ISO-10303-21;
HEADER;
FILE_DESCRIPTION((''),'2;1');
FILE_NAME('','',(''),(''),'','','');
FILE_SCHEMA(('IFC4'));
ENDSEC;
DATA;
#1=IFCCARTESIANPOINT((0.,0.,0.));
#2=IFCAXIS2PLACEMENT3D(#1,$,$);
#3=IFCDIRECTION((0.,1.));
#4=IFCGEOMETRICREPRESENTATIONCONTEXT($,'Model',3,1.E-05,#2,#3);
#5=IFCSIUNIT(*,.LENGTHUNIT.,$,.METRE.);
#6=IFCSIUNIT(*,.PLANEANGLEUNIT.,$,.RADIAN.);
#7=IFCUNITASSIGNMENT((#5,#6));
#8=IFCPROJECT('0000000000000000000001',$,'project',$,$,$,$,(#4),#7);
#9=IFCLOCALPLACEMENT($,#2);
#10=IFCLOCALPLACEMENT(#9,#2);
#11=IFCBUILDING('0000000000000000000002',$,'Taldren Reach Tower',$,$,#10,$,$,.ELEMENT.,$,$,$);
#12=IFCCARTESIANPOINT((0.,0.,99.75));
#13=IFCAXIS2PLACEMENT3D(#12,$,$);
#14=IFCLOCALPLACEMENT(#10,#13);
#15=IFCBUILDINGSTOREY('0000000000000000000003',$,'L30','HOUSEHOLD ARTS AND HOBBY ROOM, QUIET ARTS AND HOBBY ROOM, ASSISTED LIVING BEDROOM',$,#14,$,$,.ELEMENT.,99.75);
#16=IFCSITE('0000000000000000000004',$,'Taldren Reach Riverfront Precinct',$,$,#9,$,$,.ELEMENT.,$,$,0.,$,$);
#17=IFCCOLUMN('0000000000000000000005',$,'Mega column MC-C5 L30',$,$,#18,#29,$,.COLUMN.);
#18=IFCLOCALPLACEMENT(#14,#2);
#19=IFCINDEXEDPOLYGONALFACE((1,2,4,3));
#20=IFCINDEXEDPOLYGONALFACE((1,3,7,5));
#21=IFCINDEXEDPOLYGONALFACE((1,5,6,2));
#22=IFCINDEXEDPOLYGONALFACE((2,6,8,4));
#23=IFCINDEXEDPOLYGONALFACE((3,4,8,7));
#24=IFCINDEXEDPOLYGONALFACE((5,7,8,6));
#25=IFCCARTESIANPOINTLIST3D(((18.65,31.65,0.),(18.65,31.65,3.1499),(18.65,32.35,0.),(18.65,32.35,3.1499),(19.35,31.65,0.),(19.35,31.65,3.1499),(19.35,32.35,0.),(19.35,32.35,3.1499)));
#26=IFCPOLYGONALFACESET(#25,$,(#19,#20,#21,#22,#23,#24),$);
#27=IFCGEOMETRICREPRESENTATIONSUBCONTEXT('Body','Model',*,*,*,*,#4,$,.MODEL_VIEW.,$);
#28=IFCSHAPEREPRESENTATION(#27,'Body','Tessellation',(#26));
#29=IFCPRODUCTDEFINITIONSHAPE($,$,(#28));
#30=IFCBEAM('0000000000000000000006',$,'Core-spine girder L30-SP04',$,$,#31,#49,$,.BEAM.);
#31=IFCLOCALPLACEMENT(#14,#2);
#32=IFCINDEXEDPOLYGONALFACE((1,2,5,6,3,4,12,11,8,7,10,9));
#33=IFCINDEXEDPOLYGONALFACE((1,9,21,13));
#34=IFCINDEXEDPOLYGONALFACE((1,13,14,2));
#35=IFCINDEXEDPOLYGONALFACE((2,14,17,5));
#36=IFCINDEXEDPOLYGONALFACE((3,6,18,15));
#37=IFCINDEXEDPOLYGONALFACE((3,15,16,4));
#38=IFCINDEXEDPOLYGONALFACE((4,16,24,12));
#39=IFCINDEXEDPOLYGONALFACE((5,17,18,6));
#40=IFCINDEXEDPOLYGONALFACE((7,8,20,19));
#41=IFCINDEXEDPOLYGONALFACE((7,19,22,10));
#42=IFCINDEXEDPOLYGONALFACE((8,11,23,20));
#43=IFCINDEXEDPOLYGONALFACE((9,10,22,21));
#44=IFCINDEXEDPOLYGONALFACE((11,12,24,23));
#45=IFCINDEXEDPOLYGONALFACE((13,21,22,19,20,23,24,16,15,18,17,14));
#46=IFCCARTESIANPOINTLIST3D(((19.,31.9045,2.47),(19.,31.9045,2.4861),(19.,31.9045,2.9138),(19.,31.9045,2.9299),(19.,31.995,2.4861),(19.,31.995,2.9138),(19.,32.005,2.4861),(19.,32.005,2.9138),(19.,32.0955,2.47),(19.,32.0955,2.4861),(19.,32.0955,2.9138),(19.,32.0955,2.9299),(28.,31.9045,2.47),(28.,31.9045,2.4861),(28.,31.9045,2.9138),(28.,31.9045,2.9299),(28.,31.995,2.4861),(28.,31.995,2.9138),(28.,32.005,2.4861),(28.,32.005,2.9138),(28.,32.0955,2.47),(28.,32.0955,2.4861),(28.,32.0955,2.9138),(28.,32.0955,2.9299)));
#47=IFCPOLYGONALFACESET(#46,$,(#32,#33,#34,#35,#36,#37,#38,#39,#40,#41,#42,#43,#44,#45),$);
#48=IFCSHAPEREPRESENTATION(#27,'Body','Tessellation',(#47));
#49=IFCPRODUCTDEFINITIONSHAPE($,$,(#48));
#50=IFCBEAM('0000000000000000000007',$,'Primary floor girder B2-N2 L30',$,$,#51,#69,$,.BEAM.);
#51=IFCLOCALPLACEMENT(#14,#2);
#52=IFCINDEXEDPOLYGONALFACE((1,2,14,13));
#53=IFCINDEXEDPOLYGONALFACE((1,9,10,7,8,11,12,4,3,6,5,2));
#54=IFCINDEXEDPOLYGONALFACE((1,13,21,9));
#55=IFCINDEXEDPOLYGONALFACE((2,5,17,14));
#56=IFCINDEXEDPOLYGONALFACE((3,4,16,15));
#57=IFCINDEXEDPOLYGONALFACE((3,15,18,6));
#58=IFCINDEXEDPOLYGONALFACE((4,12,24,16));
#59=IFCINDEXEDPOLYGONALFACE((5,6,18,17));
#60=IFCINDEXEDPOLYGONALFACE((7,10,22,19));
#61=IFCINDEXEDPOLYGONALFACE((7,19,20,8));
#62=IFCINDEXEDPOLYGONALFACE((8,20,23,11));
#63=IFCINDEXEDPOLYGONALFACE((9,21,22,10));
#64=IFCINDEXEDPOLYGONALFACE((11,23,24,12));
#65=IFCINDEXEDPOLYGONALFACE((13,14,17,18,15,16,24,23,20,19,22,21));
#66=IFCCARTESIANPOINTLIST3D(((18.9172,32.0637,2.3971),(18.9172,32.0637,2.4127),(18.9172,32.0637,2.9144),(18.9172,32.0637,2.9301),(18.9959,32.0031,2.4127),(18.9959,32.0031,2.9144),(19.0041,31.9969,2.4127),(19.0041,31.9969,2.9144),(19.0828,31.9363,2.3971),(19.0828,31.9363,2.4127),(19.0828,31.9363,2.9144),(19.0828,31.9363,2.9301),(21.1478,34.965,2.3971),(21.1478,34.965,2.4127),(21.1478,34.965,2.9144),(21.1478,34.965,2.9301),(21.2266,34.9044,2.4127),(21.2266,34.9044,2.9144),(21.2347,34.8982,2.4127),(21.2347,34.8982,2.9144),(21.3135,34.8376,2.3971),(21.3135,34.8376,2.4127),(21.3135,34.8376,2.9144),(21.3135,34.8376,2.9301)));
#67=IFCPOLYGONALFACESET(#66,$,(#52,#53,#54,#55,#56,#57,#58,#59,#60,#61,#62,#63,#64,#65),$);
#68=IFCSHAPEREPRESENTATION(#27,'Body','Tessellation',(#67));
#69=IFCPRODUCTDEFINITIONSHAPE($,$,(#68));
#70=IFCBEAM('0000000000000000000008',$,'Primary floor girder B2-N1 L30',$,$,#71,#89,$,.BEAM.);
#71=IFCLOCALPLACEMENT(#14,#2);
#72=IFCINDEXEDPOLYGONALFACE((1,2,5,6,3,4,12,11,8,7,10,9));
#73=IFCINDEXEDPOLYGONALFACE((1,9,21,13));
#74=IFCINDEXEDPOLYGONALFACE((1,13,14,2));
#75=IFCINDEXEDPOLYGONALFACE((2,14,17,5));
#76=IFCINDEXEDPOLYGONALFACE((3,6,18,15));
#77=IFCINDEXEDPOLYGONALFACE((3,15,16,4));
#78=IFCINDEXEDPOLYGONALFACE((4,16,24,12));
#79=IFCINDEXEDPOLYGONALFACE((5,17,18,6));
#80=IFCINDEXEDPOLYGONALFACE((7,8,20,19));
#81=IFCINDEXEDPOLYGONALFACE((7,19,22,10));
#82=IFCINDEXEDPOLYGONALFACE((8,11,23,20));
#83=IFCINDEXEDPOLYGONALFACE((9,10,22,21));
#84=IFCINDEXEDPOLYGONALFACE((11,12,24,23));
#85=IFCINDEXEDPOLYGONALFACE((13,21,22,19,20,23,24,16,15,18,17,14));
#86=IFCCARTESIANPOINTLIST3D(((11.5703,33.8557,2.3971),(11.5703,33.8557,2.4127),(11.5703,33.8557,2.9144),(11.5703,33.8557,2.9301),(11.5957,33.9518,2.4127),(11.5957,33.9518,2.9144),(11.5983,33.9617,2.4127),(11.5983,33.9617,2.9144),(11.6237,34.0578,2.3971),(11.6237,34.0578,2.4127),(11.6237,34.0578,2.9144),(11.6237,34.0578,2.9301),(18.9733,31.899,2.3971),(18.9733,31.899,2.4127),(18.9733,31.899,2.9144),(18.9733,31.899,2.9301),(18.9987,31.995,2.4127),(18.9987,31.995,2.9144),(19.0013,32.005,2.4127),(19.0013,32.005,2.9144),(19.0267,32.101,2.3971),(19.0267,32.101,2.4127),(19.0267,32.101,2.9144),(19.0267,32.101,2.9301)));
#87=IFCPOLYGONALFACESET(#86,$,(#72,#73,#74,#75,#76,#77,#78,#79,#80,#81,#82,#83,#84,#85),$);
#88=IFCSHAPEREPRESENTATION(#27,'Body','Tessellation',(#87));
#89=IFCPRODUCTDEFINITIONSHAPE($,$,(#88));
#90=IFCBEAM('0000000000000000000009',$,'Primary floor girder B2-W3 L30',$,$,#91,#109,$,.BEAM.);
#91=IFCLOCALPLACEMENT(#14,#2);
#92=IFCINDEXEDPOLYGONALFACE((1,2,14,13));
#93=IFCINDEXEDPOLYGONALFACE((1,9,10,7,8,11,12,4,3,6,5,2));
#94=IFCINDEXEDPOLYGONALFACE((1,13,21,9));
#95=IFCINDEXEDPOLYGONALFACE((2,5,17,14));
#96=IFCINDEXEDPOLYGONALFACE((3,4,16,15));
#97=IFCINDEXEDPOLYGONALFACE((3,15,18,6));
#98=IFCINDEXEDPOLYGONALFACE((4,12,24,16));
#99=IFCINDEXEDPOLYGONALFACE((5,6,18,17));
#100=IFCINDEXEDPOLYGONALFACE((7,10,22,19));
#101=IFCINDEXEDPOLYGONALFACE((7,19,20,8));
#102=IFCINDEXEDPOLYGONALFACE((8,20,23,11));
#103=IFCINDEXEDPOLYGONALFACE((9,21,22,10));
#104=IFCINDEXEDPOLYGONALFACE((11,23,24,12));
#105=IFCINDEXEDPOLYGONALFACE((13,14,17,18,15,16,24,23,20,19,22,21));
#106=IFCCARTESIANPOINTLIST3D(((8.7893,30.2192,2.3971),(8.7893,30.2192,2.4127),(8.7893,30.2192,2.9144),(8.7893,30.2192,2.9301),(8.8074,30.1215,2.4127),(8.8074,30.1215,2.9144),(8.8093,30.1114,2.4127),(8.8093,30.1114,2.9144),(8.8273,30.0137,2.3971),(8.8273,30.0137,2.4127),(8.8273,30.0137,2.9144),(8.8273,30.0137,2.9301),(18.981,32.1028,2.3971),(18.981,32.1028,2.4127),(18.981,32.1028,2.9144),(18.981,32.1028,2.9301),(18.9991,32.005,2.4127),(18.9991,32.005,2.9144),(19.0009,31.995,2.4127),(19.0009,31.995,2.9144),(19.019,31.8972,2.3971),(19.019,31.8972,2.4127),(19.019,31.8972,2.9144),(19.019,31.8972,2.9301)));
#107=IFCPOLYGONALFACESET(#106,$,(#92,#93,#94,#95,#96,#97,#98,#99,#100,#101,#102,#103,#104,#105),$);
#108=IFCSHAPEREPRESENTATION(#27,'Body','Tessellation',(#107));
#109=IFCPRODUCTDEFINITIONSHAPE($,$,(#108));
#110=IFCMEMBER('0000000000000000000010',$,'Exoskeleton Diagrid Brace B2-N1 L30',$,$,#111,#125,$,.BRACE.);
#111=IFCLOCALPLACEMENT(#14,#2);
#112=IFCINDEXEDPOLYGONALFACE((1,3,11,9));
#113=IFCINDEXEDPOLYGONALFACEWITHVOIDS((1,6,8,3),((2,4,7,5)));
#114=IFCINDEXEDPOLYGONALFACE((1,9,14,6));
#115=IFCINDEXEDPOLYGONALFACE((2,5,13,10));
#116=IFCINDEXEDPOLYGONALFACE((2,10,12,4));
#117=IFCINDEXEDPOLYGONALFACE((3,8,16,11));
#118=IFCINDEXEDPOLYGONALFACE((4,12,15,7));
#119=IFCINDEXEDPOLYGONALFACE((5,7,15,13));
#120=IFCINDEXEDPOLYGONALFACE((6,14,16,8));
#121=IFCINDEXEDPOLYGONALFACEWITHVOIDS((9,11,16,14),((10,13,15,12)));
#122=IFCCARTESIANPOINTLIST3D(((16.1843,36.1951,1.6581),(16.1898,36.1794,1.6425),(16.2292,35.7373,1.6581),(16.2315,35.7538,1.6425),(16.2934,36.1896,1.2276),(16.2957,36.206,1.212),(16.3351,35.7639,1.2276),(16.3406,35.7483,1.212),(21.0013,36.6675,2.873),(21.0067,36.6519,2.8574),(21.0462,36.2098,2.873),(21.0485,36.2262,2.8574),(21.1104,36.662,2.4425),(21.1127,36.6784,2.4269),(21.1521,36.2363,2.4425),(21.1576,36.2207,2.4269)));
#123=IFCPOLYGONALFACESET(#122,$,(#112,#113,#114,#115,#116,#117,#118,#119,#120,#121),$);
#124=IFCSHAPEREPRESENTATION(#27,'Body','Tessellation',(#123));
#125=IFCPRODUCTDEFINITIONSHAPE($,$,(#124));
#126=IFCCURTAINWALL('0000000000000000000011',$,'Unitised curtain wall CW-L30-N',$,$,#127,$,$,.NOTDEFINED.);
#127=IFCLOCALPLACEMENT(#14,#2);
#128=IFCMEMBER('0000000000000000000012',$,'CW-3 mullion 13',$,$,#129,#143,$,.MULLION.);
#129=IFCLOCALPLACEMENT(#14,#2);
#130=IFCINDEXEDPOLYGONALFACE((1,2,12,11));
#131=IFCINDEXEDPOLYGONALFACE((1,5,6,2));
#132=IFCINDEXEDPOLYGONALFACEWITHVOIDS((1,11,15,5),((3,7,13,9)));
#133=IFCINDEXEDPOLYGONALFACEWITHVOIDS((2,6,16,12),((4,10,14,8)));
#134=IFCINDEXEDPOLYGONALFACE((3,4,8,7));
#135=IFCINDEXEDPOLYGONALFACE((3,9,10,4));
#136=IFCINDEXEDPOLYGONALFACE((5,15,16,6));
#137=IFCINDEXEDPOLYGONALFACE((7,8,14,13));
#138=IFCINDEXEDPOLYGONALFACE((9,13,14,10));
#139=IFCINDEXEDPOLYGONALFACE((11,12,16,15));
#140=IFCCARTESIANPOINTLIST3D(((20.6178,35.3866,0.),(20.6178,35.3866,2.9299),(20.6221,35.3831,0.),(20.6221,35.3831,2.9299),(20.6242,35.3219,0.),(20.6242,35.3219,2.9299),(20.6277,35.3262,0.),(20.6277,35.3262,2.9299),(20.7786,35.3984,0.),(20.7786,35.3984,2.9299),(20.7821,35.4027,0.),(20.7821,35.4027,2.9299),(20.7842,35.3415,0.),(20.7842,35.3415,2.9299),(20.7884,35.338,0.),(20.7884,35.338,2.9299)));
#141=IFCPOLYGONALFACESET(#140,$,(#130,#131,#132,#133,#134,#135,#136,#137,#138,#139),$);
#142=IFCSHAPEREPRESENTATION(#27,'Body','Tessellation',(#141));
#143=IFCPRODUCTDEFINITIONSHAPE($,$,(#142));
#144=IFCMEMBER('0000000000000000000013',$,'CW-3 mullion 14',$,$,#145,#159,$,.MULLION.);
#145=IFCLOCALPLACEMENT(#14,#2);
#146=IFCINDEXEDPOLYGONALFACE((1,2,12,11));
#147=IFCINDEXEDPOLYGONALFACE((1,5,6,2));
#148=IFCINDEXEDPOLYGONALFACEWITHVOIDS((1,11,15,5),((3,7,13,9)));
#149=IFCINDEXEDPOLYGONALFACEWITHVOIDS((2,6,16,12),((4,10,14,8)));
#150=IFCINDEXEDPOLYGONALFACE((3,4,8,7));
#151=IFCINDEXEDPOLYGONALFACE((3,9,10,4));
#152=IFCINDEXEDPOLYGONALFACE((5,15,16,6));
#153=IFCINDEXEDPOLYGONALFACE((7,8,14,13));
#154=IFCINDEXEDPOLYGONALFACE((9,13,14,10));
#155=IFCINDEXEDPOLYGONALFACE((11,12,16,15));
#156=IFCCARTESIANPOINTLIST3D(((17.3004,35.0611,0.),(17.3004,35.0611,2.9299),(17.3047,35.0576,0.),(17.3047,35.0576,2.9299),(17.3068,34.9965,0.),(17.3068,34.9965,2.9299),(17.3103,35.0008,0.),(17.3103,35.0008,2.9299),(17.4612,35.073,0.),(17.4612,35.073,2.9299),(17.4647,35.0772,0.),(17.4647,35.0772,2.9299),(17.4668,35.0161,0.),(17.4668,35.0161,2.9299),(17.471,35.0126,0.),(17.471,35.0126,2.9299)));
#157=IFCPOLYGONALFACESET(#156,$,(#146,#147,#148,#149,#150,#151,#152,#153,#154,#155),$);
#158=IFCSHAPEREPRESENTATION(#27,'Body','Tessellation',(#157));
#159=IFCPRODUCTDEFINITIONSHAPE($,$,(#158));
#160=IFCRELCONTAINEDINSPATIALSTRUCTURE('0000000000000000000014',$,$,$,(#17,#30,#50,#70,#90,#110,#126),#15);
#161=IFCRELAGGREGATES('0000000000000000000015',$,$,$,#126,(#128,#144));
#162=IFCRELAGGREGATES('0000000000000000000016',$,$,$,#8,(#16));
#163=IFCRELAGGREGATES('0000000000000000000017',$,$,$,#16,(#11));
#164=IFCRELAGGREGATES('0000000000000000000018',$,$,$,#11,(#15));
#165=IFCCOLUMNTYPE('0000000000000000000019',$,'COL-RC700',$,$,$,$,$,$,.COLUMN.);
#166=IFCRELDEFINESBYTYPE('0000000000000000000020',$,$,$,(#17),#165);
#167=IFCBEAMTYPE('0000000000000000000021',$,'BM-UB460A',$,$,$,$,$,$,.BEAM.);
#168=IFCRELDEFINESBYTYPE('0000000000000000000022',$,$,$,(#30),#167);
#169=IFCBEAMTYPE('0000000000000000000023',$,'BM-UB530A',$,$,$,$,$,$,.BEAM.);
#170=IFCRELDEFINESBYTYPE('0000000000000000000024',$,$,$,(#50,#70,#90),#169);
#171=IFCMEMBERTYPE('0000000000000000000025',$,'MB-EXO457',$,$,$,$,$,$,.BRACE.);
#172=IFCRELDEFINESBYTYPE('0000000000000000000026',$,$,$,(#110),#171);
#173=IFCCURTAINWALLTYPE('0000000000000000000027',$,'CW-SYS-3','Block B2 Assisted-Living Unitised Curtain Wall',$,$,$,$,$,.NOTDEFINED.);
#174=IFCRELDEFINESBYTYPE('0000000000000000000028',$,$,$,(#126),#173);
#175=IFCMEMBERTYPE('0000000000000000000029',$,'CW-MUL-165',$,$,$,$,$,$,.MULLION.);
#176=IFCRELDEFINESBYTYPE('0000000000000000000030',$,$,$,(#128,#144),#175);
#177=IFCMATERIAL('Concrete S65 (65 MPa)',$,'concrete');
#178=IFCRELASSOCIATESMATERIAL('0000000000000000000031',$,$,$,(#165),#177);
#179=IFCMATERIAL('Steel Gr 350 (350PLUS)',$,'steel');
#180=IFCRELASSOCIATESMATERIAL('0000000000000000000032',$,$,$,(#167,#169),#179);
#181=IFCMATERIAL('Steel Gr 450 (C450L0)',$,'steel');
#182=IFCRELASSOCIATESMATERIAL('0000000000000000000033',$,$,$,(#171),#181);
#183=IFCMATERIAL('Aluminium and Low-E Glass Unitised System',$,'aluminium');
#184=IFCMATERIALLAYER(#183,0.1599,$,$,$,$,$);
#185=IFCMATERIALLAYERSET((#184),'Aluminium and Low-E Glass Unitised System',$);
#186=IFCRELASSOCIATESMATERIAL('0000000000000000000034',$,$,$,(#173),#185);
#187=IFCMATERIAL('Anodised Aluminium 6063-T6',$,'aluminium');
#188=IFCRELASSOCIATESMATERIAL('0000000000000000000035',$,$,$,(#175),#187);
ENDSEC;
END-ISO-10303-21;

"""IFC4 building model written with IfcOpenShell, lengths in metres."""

from ifc_helpers import new_model, si_unit, direction, frame, origin, origin_2d, place, context, subcontext, project, spatial, rectangle, hollow_rectangle, i_section, extrude, source, transform, mapped, material, layer, layer_set, material_profile, profile_set, type_object, element, aggregate, save


model = new_model("IFC4")

# Units and contexts
model_context = context("Model", 3, precision=1e-05, world=origin(), true_north=direction((0.0, 1.0)))
body_context = subcontext(model_context, "Body", "Model", "MODEL_VIEW")
ifc_project = project(units=[si_unit("LENGTHUNIT", "METRE"), si_unit("PLANEANGLEUNIT", "RADIAN")], contexts=[model_context])

# Site, building, storey
site_placement = place(None, origin())
site = spatial("IfcSite", under=ifc_project, at=site_placement, Name="Taldren Reach Riverfront Precinct", CompositionType="ELEMENT", RefElevation=0.0)
building_placement = place(site_placement, origin())
building = spatial("IfcBuilding", under=site, at=building_placement, Name="Taldren Reach Tower", CompositionType="ELEMENT")
storey_placement = place(building_placement, frame((0.0, 0.0, 99.75)))
storey = spatial("IfcBuildingStorey", under=building, at=storey_placement, Name="L30", Description="HOUSEHOLD ARTS AND HOBBY ROOM, QUIET ARTS AND HOBBY ROOM, ASSISTED LIVING BEDROOM", CompositionType="ELEMENT", Elevation=99.75)

# Column
ifc_material_1 = material(Name="Concrete S65 (65 MPa)", Category="concrete")
ifc_material_profile_1 = material_profile(ifc_material_1, rectangle(XDim=0.7, YDim=0.7, at=origin_2d()), Name="RC-700x700")
ifc_profile_set_1 = profile_set([ifc_material_profile_1], Name="Concrete S65 (65 MPa)")
column_type = type_object("IfcColumnType", Name="COL-RC700", PredefinedType="COLUMN", material=ifc_profile_set_1)
shared_shape_1 = source(origin(), body_context, "Body", "SweptSolid", [
    extrude(rectangle(XDim=0.7, YDim=0.7, at=origin_2d()), origin(), (0.0, 0.0, 1.0), 3.1499),
])
column_placement = place(storey_placement, frame((19.0, 32.0, 0.0), z_axis=(0.0, 0.0, 1.0), x_axis=(1.0, 0.0, 0.0)))
element("IfcColumn", 1, at=column_placement, inside=storey, type_object=column_type, Name="Mega column MC-C5 L30", PredefinedType="COLUMN", context=body_context, shape_type="MappedRepresentation", body=[
    mapped(shared_shape_1, transform((0.0, 0.0, 0.0), scale=1.0)),
])

# Beams
ifc_material_2 = material(Name="Steel Gr 350 (350PLUS)", Category="steel")
ifc_material_profile_2 = material_profile(ifc_material_2, i_section(OverallWidth=0.1909, OverallDepth=0.46, WebThickness=0.01, FlangeThickness=0.0161, at=origin_2d()), Name="460UB82.1")
ifc_profile_set_2 = profile_set([ifc_material_profile_2], Name="Steel Gr 350 (350PLUS)")
beam_type_1 = type_object("IfcBeamType", Name="BM-UB460A", PredefinedType="BEAM", material=ifc_profile_set_2)
shared_shape_2 = source(origin(), body_context, "Body", "SweptSolid", [
    extrude(i_section(OverallWidth=0.1909, OverallDepth=0.46, WebThickness=0.01, FlangeThickness=0.0161, at=origin_2d()), origin(), (0.0, 0.0, 1.0), 9.0),
])
beam_1_placement = place(storey_placement, frame((19.0, 32.0, 2.7), z_axis=(1.0, 0.0, 0.0), x_axis=(0.0, 1.0, 0.0)))
element("IfcBeam", 2, at=beam_1_placement, inside=storey, type_object=beam_type_1, Name="Core-spine girder L30-SP04", PredefinedType="BEAM", context=body_context, shape_type="MappedRepresentation", body=[
    mapped(shared_shape_2, transform((0.0, 0.0, 0.0), scale=1.0)),
])
ifc_material_profile_3 = material_profile(ifc_material_2, i_section(OverallWidth=0.209, OverallDepth=0.533, WebThickness=0.0103, FlangeThickness=0.0156, at=origin_2d()), Name="530UB92.4")
ifc_profile_set_3 = profile_set([ifc_material_profile_3], Name="Steel Gr 350 (350PLUS)")
beam_type_2 = type_object("IfcBeamType", Name="BM-UB530A", PredefinedType="BEAM", material=ifc_profile_set_3)
shared_shape_3 = source(origin(), body_context, "Body", "SweptSolid", [
    extrude(i_section(OverallWidth=0.209, OverallDepth=0.533, WebThickness=0.0103, FlangeThickness=0.0156, at=origin_2d()), origin(), (0.0, 0.0, 1.0), 3.6597),
])
beam_2_placement = place(storey_placement, frame((19.0, 32.0, 2.6636), z_axis=(0.609521, 0.79277, 0.0), x_axis=(-0.79277, 0.609521, 0.0)))
element("IfcBeam", 3, at=beam_2_placement, inside=storey, type_object=beam_type_2, Name="Primary floor girder B2-N2 L30", PredefinedType="BEAM", context=body_context, shape_type="MappedRepresentation", body=[
    mapped(shared_shape_3, transform((0.0, 0.0, 0.0), scale=1.0)),
])
shared_shape_4 = source(origin(), body_context, "Body", "SweptSolid", [
    extrude(i_section(OverallWidth=0.209, OverallDepth=0.533, WebThickness=0.0103, FlangeThickness=0.0156, at=origin_2d()), origin(), (0.0, 0.0, 1.0), 7.6572),
])
beam_3_placement = place(storey_placement, frame((19.0, 32.0, 2.6636), z_axis=(-0.966797, 0.255545, 0.0), x_axis=(-0.255545, -0.966797, 0.0)))
element("IfcBeam", 4, at=beam_3_placement, inside=storey, type_object=beam_type_2, Name="Primary floor girder B2-N1 L30", PredefinedType="BEAM", context=body_context, shape_type="MappedRepresentation", body=[
    mapped(shared_shape_4, transform((0.0, 0.0, 0.0), scale=1.0)),
])
shared_shape_5 = source(origin(), body_context, "Body", "SweptSolid", [
    extrude(i_section(OverallWidth=0.209, OverallDepth=0.533, WebThickness=0.0103, FlangeThickness=0.0156, at=origin_2d()), origin(), (0.0, 0.0, 1.0), 10.3643),
])
beam_4_placement = place(storey_placement, frame((19.0, 32.0, 2.6636), z_axis=(-0.983348, -0.181735, 0.0), x_axis=(0.181735, -0.983348, 0.0)))
element("IfcBeam", 5, at=beam_4_placement, inside=storey, type_object=beam_type_2, Name="Primary floor girder B2-W3 L30", PredefinedType="BEAM", context=body_context, shape_type="MappedRepresentation", body=[
    mapped(shared_shape_5, transform((0.0, 0.0, 0.0), scale=1.0)),
])

# Member
ifc_material_3 = material(Name="Steel Gr 450 (C450L0)", Category="steel")
ifc_material_profile_4 = material_profile(ifc_material_3, hollow_rectangle(XDim=0.46, YDim=0.46, WallThickness=0.0161, at=origin_2d()), Name="460x460x16.0SHS")
ifc_profile_set_4 = profile_set([ifc_material_profile_4], Name="Steel Gr 450 (C450L0)")
member_type_1 = type_object("IfcMemberType", Name="MB-EXO457", PredefinedType="BRACE", material=ifc_profile_set_4)
shared_shape_6 = source(origin(), body_context, "Body", "SweptSolid", [
    extrude(hollow_rectangle(XDim=0.46, YDim=0.46, WallThickness=0.0161, at=origin_2d()), origin(), (0.0, 0.0, 1.0), 4.9902),
])
member_1_placement = place(storey_placement, frame((16.2625, 35.9717, 1.4351), z_axis=(0.965283, 0.094669, 0.243449), x_axis=(-0.097606, 0.995225, 0.0)))
element("IfcMember", 6, at=member_1_placement, inside=storey, type_object=member_type_1, Name="Exoskeleton Diagrid Brace B2-N1 L30", PredefinedType="BRACE", context=body_context, shape_type="MappedRepresentation", body=[
    mapped(shared_shape_6, transform((0.0, 0.0, 0.0), scale=1.0)),
])

# Curtain wall, members
ifc_material_4 = material(Name="Aluminium and Low-E Glass Unitised System", Category="aluminium")
ifc_layer_1 = layer(ifc_material_4, 0.1599)
ifc_layer_set_1 = layer_set([ifc_layer_1], Name="Aluminium and Low-E Glass Unitised System")
curtain_wall_type = type_object("IfcCurtainWallType", Name="CW-SYS-3", Description="Block B2 Assisted-Living Unitised Curtain Wall", PredefinedType="NOTDEFINED", material=ifc_layer_set_1)
curtain_wall_placement = place(storey_placement, origin())
curtain_wall = element("IfcCurtainWall", 7, at=curtain_wall_placement, inside=storey, type_object=curtain_wall_type, Name="Unitised curtain wall CW-L30-N", PredefinedType="NOTDEFINED")
ifc_material_5 = material(Name="Anodised Aluminium 6063-T6", Category="aluminium")
ifc_material_profile_5 = material_profile(ifc_material_5, hollow_rectangle(XDim=0.0649, YDim=0.165, WallThickness=0.0039, at=origin_2d()), Name="ALU-165x65x4RHS")
ifc_profile_set_5 = profile_set([ifc_material_profile_5], Name="Anodised Aluminium 6063-T6")
member_type_2 = type_object("IfcMemberType", Name="CW-MUL-165", PredefinedType="MULLION", material=ifc_profile_set_5)
shared_shape_7 = source(origin(), body_context, "Body", "SweptSolid", [
    extrude(hollow_rectangle(XDim=0.0649, YDim=0.165, WallThickness=0.0039, at=origin_2d()), origin(), (0.0, 0.0, 1.0), 2.9299),
])
member_2_placement = place(storey_placement, frame((20.7031, 35.3623, 0.0), z_axis=(0.0, 0.0, 1.0), x_axis=(0.097583, -0.995227, 0.0)))
member_2 = element("IfcMember", 8, at=member_2_placement, type_object=member_type_2, Name="CW-3 mullion 13", PredefinedType="MULLION", context=body_context, shape_type="MappedRepresentation", body=[
    mapped(shared_shape_7, transform((0.0, 0.0, 0.0), scale=1.0)),
])
member_3_placement = place(storey_placement, frame((17.3857, 35.0369, 0.0), z_axis=(0.0, 0.0, 1.0), x_axis=(0.097583, -0.995227, 0.0)))
member_3 = element("IfcMember", 9, at=member_3_placement, type_object=member_type_2, Name="CW-3 mullion 14", PredefinedType="MULLION", context=body_context, shape_type="MappedRepresentation", body=[
    mapped(shared_shape_7, transform((0.0, 0.0, 0.0), scale=1.0)),
])

aggregate(curtain_wall, [member_2, member_3])

save(model, "model.ifc")
